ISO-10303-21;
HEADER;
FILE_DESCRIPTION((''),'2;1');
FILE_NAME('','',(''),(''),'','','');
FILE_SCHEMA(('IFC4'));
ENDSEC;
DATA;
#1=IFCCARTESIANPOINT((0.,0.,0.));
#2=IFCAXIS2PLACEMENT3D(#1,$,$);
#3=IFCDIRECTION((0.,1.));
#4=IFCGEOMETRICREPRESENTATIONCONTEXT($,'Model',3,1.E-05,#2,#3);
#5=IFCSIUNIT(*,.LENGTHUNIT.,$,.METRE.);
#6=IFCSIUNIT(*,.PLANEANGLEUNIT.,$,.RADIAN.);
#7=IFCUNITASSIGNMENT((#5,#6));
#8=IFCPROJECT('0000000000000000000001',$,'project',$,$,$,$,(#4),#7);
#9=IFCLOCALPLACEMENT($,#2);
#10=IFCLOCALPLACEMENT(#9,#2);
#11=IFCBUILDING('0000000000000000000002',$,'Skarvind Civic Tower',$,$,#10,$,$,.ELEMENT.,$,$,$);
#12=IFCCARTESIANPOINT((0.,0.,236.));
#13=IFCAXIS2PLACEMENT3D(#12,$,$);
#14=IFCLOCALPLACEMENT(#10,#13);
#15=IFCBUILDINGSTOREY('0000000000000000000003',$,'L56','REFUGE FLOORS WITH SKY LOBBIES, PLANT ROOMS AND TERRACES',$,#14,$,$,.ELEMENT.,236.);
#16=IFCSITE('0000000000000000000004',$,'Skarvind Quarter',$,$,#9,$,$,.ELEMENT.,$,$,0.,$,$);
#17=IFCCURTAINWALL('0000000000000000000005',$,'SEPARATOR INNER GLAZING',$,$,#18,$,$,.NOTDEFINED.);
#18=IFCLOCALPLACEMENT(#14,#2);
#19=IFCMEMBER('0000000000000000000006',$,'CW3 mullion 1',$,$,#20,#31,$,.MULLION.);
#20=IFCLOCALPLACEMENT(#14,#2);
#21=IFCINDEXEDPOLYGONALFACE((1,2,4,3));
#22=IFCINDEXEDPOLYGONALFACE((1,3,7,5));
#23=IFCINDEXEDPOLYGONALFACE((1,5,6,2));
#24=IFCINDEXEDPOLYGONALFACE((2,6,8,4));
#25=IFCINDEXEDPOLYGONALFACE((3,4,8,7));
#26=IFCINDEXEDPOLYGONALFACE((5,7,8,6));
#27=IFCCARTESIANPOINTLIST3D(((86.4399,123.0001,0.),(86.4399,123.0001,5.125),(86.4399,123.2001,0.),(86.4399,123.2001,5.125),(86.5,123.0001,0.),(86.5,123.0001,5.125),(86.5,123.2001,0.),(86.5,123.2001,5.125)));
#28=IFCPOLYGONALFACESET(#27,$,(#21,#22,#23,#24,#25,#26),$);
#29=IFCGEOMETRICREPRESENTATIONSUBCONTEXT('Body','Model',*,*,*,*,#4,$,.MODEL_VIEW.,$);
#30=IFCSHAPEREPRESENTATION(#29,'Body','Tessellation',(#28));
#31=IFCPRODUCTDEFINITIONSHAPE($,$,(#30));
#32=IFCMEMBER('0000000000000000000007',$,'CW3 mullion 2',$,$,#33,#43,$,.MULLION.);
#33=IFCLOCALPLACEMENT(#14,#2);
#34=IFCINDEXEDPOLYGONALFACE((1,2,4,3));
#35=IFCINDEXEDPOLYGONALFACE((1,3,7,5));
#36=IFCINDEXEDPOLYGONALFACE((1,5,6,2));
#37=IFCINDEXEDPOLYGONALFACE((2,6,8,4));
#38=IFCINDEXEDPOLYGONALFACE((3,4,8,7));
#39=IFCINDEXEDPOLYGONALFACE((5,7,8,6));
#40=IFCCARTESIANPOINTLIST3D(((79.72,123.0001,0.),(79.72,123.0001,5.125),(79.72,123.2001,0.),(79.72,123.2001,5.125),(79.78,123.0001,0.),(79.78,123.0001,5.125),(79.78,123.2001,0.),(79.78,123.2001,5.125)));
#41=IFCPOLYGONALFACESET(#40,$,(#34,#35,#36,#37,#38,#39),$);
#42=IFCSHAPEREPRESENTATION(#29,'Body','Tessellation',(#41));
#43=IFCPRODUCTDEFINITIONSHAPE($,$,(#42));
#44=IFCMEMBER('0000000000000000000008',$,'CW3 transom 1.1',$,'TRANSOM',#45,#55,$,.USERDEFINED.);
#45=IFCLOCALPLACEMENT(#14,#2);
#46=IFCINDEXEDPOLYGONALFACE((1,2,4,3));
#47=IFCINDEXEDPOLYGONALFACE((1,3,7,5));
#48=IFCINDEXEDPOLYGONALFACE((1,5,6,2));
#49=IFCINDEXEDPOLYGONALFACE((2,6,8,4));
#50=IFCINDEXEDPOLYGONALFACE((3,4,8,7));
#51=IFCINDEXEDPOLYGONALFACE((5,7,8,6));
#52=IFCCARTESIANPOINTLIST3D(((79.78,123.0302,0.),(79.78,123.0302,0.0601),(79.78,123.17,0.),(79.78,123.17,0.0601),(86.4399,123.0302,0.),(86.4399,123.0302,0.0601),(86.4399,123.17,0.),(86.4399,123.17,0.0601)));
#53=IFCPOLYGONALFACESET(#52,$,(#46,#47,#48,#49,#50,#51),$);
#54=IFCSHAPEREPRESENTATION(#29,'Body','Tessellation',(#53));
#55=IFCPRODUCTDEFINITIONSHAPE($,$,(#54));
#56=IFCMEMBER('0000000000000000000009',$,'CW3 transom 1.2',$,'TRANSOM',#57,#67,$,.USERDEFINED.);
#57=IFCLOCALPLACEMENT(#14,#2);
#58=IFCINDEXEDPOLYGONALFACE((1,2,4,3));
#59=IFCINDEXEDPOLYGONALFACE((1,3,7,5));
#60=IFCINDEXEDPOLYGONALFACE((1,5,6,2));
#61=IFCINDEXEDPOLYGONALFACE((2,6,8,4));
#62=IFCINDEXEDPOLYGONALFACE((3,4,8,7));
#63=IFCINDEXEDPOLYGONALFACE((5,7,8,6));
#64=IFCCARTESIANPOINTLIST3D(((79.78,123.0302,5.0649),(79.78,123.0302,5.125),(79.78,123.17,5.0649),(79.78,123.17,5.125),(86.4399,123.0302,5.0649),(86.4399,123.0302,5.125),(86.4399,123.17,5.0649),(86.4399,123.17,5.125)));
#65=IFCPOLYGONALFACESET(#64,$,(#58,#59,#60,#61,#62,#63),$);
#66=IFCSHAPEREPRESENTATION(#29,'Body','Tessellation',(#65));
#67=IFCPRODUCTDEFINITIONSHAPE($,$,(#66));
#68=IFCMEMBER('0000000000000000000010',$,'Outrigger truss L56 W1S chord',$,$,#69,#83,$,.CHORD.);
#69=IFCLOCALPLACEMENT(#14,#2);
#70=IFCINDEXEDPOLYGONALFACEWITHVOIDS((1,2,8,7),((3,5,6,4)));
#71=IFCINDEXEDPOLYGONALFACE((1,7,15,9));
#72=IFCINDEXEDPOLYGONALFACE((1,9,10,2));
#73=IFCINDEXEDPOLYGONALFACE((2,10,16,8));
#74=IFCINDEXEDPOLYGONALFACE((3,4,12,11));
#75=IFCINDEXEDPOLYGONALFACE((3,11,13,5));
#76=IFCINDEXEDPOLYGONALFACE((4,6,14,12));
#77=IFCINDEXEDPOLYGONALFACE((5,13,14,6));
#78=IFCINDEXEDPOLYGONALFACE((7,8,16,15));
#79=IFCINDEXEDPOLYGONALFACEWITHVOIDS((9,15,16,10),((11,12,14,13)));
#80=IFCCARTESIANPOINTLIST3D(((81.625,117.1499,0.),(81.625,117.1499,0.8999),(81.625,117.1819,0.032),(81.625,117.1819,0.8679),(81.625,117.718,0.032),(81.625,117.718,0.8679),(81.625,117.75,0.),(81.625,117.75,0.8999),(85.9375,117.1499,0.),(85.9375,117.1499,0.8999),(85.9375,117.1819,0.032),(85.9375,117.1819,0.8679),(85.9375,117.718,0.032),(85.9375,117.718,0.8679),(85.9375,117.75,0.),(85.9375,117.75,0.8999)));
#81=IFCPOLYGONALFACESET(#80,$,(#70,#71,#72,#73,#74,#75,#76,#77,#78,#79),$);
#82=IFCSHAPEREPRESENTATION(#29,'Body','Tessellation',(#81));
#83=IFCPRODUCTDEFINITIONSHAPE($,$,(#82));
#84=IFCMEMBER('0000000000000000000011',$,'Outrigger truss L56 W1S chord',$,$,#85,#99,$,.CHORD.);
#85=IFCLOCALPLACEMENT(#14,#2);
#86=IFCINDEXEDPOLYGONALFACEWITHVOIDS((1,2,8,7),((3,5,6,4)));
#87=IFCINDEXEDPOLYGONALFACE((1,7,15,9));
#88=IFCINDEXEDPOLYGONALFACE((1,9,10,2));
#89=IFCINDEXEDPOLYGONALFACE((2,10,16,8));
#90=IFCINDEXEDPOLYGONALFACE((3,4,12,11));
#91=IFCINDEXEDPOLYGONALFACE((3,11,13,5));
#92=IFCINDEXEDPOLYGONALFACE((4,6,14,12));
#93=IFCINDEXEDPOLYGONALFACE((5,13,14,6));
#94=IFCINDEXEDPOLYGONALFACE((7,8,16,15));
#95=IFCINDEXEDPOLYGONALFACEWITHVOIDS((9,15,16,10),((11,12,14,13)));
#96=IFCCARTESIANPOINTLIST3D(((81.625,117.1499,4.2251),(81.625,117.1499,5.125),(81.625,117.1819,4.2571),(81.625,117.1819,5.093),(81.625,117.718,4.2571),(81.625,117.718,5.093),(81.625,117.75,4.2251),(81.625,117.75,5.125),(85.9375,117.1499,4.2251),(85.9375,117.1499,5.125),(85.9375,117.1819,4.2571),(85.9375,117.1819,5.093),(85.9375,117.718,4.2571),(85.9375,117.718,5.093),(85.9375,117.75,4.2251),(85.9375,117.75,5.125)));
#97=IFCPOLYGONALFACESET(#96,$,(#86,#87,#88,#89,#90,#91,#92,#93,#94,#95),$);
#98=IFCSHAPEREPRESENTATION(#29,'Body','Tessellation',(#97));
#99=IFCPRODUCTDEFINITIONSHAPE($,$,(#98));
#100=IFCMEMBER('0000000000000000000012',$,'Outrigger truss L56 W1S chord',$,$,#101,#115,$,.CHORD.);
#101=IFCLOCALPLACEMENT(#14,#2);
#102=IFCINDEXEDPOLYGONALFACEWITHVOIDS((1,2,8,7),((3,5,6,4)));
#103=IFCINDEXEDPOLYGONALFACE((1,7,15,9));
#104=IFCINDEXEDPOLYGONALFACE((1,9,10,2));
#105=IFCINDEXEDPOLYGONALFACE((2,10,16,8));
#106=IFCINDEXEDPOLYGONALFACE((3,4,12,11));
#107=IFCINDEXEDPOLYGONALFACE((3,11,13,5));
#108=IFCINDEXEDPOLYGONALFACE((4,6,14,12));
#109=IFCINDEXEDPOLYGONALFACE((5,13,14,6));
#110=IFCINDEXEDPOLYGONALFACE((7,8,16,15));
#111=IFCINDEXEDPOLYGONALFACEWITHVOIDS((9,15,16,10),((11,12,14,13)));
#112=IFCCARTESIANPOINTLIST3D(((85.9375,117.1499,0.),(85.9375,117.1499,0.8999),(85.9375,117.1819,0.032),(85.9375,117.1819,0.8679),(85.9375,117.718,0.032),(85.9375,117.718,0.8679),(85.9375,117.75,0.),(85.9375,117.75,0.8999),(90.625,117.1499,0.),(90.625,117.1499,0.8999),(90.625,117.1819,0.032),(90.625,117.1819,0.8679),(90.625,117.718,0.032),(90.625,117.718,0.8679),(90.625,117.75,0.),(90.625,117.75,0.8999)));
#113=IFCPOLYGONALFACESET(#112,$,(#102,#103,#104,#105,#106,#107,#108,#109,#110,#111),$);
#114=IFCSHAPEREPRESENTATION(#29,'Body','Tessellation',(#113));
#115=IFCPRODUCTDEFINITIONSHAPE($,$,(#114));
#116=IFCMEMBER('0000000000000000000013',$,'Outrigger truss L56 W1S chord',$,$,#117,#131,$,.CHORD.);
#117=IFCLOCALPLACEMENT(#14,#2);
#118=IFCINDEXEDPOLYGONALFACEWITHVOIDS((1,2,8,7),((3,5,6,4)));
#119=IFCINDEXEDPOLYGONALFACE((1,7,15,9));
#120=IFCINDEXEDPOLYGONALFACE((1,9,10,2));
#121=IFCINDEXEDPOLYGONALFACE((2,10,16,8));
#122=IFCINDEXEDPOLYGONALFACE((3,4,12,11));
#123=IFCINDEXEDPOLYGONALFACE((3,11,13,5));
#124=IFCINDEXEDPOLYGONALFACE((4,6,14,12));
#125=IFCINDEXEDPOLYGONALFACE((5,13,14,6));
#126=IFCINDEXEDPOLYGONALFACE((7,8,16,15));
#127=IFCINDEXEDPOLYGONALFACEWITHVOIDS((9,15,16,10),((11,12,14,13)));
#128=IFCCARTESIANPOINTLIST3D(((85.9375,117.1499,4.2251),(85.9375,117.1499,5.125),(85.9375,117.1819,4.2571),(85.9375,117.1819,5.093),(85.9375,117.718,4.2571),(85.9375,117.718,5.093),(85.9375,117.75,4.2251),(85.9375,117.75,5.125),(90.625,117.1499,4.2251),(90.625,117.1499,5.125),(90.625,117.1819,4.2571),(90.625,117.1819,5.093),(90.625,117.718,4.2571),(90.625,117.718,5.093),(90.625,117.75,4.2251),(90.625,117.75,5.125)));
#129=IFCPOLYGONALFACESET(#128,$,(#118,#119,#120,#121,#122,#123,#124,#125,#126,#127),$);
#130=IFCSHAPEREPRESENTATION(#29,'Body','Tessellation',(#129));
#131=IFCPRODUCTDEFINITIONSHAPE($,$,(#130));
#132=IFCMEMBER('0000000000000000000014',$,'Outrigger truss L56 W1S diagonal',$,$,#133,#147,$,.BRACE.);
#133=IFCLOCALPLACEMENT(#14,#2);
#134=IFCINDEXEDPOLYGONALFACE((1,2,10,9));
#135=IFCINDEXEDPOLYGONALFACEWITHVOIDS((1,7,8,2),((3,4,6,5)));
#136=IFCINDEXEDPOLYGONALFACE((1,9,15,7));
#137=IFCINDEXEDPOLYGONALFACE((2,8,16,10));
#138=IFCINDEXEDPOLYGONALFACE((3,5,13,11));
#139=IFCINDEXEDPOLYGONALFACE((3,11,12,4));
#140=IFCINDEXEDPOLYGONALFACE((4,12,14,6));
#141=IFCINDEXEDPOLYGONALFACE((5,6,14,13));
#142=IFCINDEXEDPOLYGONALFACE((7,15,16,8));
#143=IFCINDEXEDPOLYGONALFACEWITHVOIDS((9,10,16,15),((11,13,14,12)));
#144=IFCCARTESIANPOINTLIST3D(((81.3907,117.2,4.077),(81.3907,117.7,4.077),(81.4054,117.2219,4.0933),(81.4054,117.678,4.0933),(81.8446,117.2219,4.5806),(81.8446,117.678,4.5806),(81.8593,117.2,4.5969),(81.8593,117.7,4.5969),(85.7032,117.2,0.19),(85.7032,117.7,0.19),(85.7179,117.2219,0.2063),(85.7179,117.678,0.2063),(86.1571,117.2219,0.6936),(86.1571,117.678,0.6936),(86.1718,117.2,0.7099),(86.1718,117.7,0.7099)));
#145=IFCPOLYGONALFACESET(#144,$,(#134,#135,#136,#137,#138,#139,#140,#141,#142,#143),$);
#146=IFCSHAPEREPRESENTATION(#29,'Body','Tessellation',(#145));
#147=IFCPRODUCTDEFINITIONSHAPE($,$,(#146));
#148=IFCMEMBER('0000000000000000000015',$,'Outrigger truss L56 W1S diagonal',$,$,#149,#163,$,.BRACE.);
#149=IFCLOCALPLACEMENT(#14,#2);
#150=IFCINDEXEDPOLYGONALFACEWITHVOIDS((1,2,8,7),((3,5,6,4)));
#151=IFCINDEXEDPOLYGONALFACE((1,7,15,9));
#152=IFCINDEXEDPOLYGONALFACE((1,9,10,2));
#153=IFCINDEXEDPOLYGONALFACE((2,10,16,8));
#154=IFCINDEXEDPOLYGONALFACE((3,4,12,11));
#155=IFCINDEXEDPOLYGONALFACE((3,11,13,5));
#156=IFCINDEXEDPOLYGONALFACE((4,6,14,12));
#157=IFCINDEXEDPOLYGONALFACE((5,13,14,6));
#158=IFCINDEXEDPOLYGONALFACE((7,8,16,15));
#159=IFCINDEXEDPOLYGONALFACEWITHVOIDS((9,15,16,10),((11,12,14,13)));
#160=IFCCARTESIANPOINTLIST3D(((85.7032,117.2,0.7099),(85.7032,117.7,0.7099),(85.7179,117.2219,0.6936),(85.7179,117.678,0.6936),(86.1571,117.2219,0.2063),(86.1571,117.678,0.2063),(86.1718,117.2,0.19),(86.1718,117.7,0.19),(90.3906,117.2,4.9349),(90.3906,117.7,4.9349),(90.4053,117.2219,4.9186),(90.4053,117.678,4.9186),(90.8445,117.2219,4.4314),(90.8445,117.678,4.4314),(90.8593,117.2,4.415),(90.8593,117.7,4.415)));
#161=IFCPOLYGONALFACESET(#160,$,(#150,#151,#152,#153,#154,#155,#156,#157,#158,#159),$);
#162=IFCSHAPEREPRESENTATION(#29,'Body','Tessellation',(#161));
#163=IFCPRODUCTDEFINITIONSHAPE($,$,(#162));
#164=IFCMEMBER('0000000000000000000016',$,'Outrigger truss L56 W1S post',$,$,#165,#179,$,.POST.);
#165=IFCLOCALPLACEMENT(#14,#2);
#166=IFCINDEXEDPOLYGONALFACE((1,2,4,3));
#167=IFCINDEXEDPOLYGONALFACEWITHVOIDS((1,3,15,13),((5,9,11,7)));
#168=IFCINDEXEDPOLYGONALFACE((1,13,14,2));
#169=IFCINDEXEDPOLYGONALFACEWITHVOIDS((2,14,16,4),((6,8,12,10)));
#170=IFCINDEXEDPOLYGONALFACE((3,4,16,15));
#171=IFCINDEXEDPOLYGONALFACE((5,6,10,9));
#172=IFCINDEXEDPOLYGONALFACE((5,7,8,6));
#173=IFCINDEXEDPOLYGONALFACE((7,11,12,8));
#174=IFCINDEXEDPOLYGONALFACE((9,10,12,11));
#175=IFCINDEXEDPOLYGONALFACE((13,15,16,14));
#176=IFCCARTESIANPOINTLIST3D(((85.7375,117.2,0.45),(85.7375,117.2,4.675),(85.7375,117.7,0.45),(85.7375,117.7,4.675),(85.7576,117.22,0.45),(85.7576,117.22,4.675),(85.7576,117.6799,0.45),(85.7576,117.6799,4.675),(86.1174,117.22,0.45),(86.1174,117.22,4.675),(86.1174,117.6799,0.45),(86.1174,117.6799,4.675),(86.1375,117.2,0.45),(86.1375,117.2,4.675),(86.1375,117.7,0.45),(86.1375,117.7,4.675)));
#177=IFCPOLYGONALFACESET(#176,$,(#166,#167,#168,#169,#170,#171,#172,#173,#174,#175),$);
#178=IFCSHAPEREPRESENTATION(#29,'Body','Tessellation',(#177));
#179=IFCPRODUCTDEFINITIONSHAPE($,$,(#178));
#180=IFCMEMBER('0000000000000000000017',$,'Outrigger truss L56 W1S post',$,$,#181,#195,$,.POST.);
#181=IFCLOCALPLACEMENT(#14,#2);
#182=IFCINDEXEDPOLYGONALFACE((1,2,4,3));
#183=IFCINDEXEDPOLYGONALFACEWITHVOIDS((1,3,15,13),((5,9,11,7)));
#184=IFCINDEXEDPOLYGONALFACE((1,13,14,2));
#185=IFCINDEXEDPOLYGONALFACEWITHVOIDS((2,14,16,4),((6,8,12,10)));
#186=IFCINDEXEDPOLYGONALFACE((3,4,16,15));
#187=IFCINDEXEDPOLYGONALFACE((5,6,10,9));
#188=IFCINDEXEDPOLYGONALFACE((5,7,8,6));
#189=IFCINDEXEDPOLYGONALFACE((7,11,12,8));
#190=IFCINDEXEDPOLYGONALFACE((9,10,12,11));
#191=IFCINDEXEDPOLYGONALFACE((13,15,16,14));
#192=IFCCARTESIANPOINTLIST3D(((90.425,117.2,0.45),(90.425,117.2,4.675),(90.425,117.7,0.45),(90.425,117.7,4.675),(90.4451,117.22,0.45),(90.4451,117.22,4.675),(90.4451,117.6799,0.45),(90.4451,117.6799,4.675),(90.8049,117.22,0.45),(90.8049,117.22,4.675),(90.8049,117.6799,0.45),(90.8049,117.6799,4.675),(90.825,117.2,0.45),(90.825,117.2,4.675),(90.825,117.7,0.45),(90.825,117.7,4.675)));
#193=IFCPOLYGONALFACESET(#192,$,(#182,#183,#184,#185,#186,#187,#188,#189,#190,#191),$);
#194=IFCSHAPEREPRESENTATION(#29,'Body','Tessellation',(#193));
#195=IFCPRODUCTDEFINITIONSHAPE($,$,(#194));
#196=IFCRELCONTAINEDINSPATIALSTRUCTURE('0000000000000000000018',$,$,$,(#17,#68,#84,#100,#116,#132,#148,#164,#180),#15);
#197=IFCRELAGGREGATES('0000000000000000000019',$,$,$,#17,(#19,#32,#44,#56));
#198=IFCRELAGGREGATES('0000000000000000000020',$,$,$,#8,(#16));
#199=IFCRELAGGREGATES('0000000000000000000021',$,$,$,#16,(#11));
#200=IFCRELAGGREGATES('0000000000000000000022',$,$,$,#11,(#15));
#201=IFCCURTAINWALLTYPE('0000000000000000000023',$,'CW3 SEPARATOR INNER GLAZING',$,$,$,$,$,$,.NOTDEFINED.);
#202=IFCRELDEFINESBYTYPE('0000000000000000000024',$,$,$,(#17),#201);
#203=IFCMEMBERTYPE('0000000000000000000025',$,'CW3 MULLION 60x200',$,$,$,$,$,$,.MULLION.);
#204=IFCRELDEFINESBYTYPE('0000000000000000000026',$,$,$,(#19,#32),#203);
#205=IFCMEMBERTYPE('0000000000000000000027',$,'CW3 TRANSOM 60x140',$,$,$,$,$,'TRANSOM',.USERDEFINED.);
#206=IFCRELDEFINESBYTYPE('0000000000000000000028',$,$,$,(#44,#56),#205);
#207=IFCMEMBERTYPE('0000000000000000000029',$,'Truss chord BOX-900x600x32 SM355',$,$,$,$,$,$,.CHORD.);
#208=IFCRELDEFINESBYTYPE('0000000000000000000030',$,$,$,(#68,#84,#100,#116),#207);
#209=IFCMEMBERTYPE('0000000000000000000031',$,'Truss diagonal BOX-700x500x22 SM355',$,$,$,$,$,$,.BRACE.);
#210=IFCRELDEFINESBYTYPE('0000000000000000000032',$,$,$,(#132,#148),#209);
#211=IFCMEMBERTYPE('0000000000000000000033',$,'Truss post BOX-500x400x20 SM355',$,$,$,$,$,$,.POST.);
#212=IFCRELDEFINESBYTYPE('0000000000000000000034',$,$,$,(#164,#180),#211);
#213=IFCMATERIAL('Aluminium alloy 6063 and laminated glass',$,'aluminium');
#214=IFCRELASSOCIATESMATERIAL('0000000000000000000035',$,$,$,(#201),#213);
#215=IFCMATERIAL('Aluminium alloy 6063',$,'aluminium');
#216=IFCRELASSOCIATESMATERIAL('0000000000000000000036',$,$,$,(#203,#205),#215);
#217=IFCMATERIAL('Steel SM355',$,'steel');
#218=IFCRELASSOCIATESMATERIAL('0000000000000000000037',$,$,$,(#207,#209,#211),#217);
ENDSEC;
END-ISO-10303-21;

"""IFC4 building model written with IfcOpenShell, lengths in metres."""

from ifc_helpers import new_model, si_unit, direction, frame, origin, origin_2d, place, context, subcontext, project, spatial, rectangle, hollow_rectangle, extrude, material, material_profile, profile_set, type_object, element, aggregate, save


model = new_model("IFC4")

# Units and contexts
model_context = context("Model", 3, precision=1e-05, world=origin(), true_north=direction((0.0, 1.0)))
body_context = subcontext(model_context, "Body", "Model", "MODEL_VIEW")
ifc_project = project(units=[si_unit("LENGTHUNIT", "METRE"), si_unit("PLANEANGLEUNIT", "RADIAN")], contexts=[model_context])

# Site, building, storey
site_placement = place(None, origin())
site = spatial("IfcSite", under=ifc_project, at=site_placement, Name="Skarvind Quarter", CompositionType="ELEMENT", RefElevation=0.0)
building_placement = place(site_placement, origin())
building = spatial("IfcBuilding", under=site, at=building_placement, Name="Skarvind Civic Tower", CompositionType="ELEMENT")
storey_placement = place(building_placement, frame((0.0, 0.0, 236.0)))
storey = spatial("IfcBuildingStorey", under=building, at=storey_placement, Name="L56", Description="REFUGE FLOORS WITH SKY LOBBIES, PLANT ROOMS AND TERRACES", CompositionType="ELEMENT", Elevation=236.0)

# Curtain wall, members
ifc_material_1 = material(Name="Aluminium alloy 6063 and laminated glass", Category="aluminium")
curtain_wall_type = type_object("IfcCurtainWallType", Name="CW3 SEPARATOR INNER GLAZING", PredefinedType="NOTDEFINED", material=ifc_material_1)
curtain_wall_placement = place(storey_placement, origin())
curtain_wall = element("IfcCurtainWall", 1, at=curtain_wall_placement, inside=storey, type_object=curtain_wall_type, Name="SEPARATOR INNER GLAZING", PredefinedType="NOTDEFINED")
ifc_material_2 = material(Name="Aluminium alloy 6063", Category="aluminium")
ifc_material_profile_1 = material_profile(ifc_material_2, rectangle(XDim=0.2, YDim=0.0601, at=origin_2d()), Name="AL 60x200")
ifc_profile_set_1 = profile_set([ifc_material_profile_1], Name="Aluminium alloy 6063")
member_type_1 = type_object("IfcMemberType", Name="CW3 MULLION 60x200", PredefinedType="MULLION", material=ifc_profile_set_1)
member_1_placement = place(storey_placement, frame((86.47, 123.1001, 0.0), z_axis=(0.0, 0.0, 1.0), x_axis=(0.0, -1.0, 0.0)))
member_1 = element("IfcMember", 2, at=member_1_placement, type_object=member_type_1, Name="CW3 mullion 1", PredefinedType="MULLION", context=body_context, shape_type="SweptSolid", body=[
    extrude(rectangle(XDim=0.2, YDim=0.0601, at=origin_2d()), origin(), (0.0, 0.0, 1.0), 5.125),
])
member_2_placement = place(storey_placement, frame((79.75, 123.1001, 0.0), z_axis=(0.0, 0.0, 1.0), x_axis=(0.0, -1.0, 0.0)))
member_2 = element("IfcMember", 3, at=member_2_placement, type_object=member_type_1, Name="CW3 mullion 2", PredefinedType="MULLION", context=body_context, shape_type="SweptSolid", body=[
    extrude(rectangle(XDim=0.2, YDim=0.0601, at=origin_2d()), origin(), (0.0, 0.0, 1.0), 5.125),
])
ifc_material_profile_2 = material_profile(ifc_material_2, rectangle(XDim=0.1399, YDim=0.0601, at=origin_2d()), Name="AL 60x140")
ifc_profile_set_2 = profile_set([ifc_material_profile_2], Name="Aluminium alloy 6063")
member_type_2 = type_object("IfcMemberType", Name="CW3 TRANSOM 60x140", ElementType="TRANSOM", PredefinedType="USERDEFINED", material=ifc_profile_set_2)
member_3_placement = place(storey_placement, frame((86.4399, 123.1001, 0.03), z_axis=(-1.0, 0.0, 0.0), x_axis=(0.0, -1.0, 0.0)))
member_3 = element("IfcMember", 4, at=member_3_placement, type_object=member_type_2, Name="CW3 transom 1.1", ObjectType="TRANSOM", PredefinedType="USERDEFINED", context=body_context, shape_type="SweptSolid", body=[
    extrude(rectangle(XDim=0.1399, YDim=0.0601, at=origin_2d()), origin(), (0.0, 0.0, 1.0), 6.6599),
])
member_4_placement = place(storey_placement, frame((86.4399, 123.1001, 5.095), z_axis=(-1.0, 0.0, 0.0), x_axis=(0.0, -1.0, 0.0)))
member_4 = element("IfcMember", 5, at=member_4_placement, type_object=member_type_2, Name="CW3 transom 1.2", ObjectType="TRANSOM", PredefinedType="USERDEFINED", context=body_context, shape_type="SweptSolid", body=[
    extrude(rectangle(XDim=0.1399, YDim=0.0601, at=origin_2d()), origin(), (0.0, 0.0, 1.0), 6.6599),
])

# Members
ifc_material_3 = material(Name="Steel SM355", Category="steel")
ifc_material_profile_3 = material_profile(ifc_material_3, hollow_rectangle(XDim=0.6001, YDim=0.8999, WallThickness=0.032, at=origin_2d()), Name="BOX-900x600x32")
ifc_profile_set_3 = profile_set([ifc_material_profile_3], Name="Steel SM355")
member_type_3 = type_object("IfcMemberType", Name="Truss chord BOX-900x600x32 SM355", PredefinedType="CHORD", material=ifc_profile_set_3)
for number, where, z_axis, x_axis, name in (
    (6, (81.625, 117.45, 0.45), (1.0, 0.0, 0.0), (0.0, 1.0, 0.0), "Outrigger truss L56 W1S chord"),
    (7, (81.625, 117.45, 4.675), (1.0, 0.0, 0.0), (0.0, 1.0, 0.0), "Outrigger truss L56 W1S chord"),
):
    element("IfcMember", number, at=place(storey_placement, frame(where, z_axis=z_axis, x_axis=x_axis)), inside=storey, type_object=member_type_3, Name=name, PredefinedType="CHORD", context=body_context, shape_type="SweptSolid", body=[
        extrude(hollow_rectangle(XDim=0.6001, YDim=0.8999, WallThickness=0.032, at=origin_2d()), origin(), (0.0, 0.0, 1.0), 4.3125),
    ])
for number, where, z_axis, x_axis, name in (
    (8, (85.9375, 117.45, 0.45), (1.0, 0.0, 0.0), (0.0, 1.0, 0.0), "Outrigger truss L56 W1S chord"),
    (9, (85.9375, 117.45, 4.675), (1.0, 0.0, 0.0), (0.0, 1.0, 0.0), "Outrigger truss L56 W1S chord"),
):
    element("IfcMember", number, at=place(storey_placement, frame(where, z_axis=z_axis, x_axis=x_axis)), inside=storey, type_object=member_type_3, Name=name, PredefinedType="CHORD", context=body_context, shape_type="SweptSolid", body=[
        extrude(hollow_rectangle(XDim=0.6001, YDim=0.8999, WallThickness=0.032, at=origin_2d()), origin(), (0.0, 0.0, 1.0), 4.6875),
    ])
ifc_material_profile_4 = material_profile(ifc_material_3, hollow_rectangle(XDim=0.5, YDim=0.7, WallThickness=0.022, at=origin_2d()), Name="BOX-700x500x22")
ifc_profile_set_4 = profile_set([ifc_material_profile_4], Name="Steel SM355")
member_type_4 = type_object("IfcMemberType", Name="Truss diagonal BOX-700x500x22 SM355", PredefinedType="BRACE", material=ifc_profile_set_4)
member_5_placement = place(storey_placement, frame((81.625, 117.45, 4.3369), z_axis=(0.742805, 0.0, -0.669508), x_axis=(0.0, 1.0, 0.0)))
element("IfcMember", 10, at=member_5_placement, inside=storey, type_object=member_type_4, Name="Outrigger truss L56 W1S diagonal", PredefinedType="BRACE", context=body_context, shape_type="SweptSolid", body=[
    extrude(hollow_rectangle(XDim=0.5, YDim=0.7, WallThickness=0.022, at=origin_2d()), origin(), (0.0, 0.0, 1.0), 5.8057),
])
member_6_placement = place(storey_placement, frame((85.9375, 117.45, 0.45), z_axis=(0.742794, 0.0, 0.66952), x_axis=(0.0, 1.0, 0.0)))
element("IfcMember", 11, at=member_6_placement, inside=storey, type_object=member_type_4, Name="Outrigger truss L56 W1S diagonal", PredefinedType="BRACE", context=body_context, shape_type="SweptSolid", body=[
    extrude(hollow_rectangle(XDim=0.5, YDim=0.7, WallThickness=0.022, at=origin_2d()), origin(), (0.0, 0.0, 1.0), 6.3105),
])
ifc_material_profile_5 = material_profile(ifc_material_3, hollow_rectangle(XDim=0.3999, YDim=0.5, WallThickness=0.02, at=origin_2d()), Name="BOX-500x400x20")
ifc_profile_set_5 = profile_set([ifc_material_profile_5], Name="Steel SM355")
member_type_5 = type_object("IfcMemberType", Name="Truss post BOX-500x400x20 SM355", PredefinedType="POST", material=ifc_profile_set_5)
for number, where, z_axis, x_axis, name in (
    (12, (85.9375, 117.45, 0.45), (0.0, 0.0, 1.0), (1.0, 0.0, 0.0), "Outrigger truss L56 W1S post"),
    (13, (90.625, 117.45, 0.45), (0.0, 0.0, 1.0), (1.0, 0.0, 0.0), "Outrigger truss L56 W1S post"),
):
    element("IfcMember", number, at=place(storey_placement, frame(where, z_axis=z_axis, x_axis=x_axis)), inside=storey, type_object=member_type_5, Name=name, PredefinedType="POST", context=body_context, shape_type="SweptSolid", body=[
        extrude(hollow_rectangle(XDim=0.3999, YDim=0.5, WallThickness=0.02, at=origin_2d()), origin(), (0.0, 0.0, 1.0), 4.2251),
    ])

aggregate(curtain_wall, [member_1, member_2, member_3, member_4])

save(model, "model.ifc")
